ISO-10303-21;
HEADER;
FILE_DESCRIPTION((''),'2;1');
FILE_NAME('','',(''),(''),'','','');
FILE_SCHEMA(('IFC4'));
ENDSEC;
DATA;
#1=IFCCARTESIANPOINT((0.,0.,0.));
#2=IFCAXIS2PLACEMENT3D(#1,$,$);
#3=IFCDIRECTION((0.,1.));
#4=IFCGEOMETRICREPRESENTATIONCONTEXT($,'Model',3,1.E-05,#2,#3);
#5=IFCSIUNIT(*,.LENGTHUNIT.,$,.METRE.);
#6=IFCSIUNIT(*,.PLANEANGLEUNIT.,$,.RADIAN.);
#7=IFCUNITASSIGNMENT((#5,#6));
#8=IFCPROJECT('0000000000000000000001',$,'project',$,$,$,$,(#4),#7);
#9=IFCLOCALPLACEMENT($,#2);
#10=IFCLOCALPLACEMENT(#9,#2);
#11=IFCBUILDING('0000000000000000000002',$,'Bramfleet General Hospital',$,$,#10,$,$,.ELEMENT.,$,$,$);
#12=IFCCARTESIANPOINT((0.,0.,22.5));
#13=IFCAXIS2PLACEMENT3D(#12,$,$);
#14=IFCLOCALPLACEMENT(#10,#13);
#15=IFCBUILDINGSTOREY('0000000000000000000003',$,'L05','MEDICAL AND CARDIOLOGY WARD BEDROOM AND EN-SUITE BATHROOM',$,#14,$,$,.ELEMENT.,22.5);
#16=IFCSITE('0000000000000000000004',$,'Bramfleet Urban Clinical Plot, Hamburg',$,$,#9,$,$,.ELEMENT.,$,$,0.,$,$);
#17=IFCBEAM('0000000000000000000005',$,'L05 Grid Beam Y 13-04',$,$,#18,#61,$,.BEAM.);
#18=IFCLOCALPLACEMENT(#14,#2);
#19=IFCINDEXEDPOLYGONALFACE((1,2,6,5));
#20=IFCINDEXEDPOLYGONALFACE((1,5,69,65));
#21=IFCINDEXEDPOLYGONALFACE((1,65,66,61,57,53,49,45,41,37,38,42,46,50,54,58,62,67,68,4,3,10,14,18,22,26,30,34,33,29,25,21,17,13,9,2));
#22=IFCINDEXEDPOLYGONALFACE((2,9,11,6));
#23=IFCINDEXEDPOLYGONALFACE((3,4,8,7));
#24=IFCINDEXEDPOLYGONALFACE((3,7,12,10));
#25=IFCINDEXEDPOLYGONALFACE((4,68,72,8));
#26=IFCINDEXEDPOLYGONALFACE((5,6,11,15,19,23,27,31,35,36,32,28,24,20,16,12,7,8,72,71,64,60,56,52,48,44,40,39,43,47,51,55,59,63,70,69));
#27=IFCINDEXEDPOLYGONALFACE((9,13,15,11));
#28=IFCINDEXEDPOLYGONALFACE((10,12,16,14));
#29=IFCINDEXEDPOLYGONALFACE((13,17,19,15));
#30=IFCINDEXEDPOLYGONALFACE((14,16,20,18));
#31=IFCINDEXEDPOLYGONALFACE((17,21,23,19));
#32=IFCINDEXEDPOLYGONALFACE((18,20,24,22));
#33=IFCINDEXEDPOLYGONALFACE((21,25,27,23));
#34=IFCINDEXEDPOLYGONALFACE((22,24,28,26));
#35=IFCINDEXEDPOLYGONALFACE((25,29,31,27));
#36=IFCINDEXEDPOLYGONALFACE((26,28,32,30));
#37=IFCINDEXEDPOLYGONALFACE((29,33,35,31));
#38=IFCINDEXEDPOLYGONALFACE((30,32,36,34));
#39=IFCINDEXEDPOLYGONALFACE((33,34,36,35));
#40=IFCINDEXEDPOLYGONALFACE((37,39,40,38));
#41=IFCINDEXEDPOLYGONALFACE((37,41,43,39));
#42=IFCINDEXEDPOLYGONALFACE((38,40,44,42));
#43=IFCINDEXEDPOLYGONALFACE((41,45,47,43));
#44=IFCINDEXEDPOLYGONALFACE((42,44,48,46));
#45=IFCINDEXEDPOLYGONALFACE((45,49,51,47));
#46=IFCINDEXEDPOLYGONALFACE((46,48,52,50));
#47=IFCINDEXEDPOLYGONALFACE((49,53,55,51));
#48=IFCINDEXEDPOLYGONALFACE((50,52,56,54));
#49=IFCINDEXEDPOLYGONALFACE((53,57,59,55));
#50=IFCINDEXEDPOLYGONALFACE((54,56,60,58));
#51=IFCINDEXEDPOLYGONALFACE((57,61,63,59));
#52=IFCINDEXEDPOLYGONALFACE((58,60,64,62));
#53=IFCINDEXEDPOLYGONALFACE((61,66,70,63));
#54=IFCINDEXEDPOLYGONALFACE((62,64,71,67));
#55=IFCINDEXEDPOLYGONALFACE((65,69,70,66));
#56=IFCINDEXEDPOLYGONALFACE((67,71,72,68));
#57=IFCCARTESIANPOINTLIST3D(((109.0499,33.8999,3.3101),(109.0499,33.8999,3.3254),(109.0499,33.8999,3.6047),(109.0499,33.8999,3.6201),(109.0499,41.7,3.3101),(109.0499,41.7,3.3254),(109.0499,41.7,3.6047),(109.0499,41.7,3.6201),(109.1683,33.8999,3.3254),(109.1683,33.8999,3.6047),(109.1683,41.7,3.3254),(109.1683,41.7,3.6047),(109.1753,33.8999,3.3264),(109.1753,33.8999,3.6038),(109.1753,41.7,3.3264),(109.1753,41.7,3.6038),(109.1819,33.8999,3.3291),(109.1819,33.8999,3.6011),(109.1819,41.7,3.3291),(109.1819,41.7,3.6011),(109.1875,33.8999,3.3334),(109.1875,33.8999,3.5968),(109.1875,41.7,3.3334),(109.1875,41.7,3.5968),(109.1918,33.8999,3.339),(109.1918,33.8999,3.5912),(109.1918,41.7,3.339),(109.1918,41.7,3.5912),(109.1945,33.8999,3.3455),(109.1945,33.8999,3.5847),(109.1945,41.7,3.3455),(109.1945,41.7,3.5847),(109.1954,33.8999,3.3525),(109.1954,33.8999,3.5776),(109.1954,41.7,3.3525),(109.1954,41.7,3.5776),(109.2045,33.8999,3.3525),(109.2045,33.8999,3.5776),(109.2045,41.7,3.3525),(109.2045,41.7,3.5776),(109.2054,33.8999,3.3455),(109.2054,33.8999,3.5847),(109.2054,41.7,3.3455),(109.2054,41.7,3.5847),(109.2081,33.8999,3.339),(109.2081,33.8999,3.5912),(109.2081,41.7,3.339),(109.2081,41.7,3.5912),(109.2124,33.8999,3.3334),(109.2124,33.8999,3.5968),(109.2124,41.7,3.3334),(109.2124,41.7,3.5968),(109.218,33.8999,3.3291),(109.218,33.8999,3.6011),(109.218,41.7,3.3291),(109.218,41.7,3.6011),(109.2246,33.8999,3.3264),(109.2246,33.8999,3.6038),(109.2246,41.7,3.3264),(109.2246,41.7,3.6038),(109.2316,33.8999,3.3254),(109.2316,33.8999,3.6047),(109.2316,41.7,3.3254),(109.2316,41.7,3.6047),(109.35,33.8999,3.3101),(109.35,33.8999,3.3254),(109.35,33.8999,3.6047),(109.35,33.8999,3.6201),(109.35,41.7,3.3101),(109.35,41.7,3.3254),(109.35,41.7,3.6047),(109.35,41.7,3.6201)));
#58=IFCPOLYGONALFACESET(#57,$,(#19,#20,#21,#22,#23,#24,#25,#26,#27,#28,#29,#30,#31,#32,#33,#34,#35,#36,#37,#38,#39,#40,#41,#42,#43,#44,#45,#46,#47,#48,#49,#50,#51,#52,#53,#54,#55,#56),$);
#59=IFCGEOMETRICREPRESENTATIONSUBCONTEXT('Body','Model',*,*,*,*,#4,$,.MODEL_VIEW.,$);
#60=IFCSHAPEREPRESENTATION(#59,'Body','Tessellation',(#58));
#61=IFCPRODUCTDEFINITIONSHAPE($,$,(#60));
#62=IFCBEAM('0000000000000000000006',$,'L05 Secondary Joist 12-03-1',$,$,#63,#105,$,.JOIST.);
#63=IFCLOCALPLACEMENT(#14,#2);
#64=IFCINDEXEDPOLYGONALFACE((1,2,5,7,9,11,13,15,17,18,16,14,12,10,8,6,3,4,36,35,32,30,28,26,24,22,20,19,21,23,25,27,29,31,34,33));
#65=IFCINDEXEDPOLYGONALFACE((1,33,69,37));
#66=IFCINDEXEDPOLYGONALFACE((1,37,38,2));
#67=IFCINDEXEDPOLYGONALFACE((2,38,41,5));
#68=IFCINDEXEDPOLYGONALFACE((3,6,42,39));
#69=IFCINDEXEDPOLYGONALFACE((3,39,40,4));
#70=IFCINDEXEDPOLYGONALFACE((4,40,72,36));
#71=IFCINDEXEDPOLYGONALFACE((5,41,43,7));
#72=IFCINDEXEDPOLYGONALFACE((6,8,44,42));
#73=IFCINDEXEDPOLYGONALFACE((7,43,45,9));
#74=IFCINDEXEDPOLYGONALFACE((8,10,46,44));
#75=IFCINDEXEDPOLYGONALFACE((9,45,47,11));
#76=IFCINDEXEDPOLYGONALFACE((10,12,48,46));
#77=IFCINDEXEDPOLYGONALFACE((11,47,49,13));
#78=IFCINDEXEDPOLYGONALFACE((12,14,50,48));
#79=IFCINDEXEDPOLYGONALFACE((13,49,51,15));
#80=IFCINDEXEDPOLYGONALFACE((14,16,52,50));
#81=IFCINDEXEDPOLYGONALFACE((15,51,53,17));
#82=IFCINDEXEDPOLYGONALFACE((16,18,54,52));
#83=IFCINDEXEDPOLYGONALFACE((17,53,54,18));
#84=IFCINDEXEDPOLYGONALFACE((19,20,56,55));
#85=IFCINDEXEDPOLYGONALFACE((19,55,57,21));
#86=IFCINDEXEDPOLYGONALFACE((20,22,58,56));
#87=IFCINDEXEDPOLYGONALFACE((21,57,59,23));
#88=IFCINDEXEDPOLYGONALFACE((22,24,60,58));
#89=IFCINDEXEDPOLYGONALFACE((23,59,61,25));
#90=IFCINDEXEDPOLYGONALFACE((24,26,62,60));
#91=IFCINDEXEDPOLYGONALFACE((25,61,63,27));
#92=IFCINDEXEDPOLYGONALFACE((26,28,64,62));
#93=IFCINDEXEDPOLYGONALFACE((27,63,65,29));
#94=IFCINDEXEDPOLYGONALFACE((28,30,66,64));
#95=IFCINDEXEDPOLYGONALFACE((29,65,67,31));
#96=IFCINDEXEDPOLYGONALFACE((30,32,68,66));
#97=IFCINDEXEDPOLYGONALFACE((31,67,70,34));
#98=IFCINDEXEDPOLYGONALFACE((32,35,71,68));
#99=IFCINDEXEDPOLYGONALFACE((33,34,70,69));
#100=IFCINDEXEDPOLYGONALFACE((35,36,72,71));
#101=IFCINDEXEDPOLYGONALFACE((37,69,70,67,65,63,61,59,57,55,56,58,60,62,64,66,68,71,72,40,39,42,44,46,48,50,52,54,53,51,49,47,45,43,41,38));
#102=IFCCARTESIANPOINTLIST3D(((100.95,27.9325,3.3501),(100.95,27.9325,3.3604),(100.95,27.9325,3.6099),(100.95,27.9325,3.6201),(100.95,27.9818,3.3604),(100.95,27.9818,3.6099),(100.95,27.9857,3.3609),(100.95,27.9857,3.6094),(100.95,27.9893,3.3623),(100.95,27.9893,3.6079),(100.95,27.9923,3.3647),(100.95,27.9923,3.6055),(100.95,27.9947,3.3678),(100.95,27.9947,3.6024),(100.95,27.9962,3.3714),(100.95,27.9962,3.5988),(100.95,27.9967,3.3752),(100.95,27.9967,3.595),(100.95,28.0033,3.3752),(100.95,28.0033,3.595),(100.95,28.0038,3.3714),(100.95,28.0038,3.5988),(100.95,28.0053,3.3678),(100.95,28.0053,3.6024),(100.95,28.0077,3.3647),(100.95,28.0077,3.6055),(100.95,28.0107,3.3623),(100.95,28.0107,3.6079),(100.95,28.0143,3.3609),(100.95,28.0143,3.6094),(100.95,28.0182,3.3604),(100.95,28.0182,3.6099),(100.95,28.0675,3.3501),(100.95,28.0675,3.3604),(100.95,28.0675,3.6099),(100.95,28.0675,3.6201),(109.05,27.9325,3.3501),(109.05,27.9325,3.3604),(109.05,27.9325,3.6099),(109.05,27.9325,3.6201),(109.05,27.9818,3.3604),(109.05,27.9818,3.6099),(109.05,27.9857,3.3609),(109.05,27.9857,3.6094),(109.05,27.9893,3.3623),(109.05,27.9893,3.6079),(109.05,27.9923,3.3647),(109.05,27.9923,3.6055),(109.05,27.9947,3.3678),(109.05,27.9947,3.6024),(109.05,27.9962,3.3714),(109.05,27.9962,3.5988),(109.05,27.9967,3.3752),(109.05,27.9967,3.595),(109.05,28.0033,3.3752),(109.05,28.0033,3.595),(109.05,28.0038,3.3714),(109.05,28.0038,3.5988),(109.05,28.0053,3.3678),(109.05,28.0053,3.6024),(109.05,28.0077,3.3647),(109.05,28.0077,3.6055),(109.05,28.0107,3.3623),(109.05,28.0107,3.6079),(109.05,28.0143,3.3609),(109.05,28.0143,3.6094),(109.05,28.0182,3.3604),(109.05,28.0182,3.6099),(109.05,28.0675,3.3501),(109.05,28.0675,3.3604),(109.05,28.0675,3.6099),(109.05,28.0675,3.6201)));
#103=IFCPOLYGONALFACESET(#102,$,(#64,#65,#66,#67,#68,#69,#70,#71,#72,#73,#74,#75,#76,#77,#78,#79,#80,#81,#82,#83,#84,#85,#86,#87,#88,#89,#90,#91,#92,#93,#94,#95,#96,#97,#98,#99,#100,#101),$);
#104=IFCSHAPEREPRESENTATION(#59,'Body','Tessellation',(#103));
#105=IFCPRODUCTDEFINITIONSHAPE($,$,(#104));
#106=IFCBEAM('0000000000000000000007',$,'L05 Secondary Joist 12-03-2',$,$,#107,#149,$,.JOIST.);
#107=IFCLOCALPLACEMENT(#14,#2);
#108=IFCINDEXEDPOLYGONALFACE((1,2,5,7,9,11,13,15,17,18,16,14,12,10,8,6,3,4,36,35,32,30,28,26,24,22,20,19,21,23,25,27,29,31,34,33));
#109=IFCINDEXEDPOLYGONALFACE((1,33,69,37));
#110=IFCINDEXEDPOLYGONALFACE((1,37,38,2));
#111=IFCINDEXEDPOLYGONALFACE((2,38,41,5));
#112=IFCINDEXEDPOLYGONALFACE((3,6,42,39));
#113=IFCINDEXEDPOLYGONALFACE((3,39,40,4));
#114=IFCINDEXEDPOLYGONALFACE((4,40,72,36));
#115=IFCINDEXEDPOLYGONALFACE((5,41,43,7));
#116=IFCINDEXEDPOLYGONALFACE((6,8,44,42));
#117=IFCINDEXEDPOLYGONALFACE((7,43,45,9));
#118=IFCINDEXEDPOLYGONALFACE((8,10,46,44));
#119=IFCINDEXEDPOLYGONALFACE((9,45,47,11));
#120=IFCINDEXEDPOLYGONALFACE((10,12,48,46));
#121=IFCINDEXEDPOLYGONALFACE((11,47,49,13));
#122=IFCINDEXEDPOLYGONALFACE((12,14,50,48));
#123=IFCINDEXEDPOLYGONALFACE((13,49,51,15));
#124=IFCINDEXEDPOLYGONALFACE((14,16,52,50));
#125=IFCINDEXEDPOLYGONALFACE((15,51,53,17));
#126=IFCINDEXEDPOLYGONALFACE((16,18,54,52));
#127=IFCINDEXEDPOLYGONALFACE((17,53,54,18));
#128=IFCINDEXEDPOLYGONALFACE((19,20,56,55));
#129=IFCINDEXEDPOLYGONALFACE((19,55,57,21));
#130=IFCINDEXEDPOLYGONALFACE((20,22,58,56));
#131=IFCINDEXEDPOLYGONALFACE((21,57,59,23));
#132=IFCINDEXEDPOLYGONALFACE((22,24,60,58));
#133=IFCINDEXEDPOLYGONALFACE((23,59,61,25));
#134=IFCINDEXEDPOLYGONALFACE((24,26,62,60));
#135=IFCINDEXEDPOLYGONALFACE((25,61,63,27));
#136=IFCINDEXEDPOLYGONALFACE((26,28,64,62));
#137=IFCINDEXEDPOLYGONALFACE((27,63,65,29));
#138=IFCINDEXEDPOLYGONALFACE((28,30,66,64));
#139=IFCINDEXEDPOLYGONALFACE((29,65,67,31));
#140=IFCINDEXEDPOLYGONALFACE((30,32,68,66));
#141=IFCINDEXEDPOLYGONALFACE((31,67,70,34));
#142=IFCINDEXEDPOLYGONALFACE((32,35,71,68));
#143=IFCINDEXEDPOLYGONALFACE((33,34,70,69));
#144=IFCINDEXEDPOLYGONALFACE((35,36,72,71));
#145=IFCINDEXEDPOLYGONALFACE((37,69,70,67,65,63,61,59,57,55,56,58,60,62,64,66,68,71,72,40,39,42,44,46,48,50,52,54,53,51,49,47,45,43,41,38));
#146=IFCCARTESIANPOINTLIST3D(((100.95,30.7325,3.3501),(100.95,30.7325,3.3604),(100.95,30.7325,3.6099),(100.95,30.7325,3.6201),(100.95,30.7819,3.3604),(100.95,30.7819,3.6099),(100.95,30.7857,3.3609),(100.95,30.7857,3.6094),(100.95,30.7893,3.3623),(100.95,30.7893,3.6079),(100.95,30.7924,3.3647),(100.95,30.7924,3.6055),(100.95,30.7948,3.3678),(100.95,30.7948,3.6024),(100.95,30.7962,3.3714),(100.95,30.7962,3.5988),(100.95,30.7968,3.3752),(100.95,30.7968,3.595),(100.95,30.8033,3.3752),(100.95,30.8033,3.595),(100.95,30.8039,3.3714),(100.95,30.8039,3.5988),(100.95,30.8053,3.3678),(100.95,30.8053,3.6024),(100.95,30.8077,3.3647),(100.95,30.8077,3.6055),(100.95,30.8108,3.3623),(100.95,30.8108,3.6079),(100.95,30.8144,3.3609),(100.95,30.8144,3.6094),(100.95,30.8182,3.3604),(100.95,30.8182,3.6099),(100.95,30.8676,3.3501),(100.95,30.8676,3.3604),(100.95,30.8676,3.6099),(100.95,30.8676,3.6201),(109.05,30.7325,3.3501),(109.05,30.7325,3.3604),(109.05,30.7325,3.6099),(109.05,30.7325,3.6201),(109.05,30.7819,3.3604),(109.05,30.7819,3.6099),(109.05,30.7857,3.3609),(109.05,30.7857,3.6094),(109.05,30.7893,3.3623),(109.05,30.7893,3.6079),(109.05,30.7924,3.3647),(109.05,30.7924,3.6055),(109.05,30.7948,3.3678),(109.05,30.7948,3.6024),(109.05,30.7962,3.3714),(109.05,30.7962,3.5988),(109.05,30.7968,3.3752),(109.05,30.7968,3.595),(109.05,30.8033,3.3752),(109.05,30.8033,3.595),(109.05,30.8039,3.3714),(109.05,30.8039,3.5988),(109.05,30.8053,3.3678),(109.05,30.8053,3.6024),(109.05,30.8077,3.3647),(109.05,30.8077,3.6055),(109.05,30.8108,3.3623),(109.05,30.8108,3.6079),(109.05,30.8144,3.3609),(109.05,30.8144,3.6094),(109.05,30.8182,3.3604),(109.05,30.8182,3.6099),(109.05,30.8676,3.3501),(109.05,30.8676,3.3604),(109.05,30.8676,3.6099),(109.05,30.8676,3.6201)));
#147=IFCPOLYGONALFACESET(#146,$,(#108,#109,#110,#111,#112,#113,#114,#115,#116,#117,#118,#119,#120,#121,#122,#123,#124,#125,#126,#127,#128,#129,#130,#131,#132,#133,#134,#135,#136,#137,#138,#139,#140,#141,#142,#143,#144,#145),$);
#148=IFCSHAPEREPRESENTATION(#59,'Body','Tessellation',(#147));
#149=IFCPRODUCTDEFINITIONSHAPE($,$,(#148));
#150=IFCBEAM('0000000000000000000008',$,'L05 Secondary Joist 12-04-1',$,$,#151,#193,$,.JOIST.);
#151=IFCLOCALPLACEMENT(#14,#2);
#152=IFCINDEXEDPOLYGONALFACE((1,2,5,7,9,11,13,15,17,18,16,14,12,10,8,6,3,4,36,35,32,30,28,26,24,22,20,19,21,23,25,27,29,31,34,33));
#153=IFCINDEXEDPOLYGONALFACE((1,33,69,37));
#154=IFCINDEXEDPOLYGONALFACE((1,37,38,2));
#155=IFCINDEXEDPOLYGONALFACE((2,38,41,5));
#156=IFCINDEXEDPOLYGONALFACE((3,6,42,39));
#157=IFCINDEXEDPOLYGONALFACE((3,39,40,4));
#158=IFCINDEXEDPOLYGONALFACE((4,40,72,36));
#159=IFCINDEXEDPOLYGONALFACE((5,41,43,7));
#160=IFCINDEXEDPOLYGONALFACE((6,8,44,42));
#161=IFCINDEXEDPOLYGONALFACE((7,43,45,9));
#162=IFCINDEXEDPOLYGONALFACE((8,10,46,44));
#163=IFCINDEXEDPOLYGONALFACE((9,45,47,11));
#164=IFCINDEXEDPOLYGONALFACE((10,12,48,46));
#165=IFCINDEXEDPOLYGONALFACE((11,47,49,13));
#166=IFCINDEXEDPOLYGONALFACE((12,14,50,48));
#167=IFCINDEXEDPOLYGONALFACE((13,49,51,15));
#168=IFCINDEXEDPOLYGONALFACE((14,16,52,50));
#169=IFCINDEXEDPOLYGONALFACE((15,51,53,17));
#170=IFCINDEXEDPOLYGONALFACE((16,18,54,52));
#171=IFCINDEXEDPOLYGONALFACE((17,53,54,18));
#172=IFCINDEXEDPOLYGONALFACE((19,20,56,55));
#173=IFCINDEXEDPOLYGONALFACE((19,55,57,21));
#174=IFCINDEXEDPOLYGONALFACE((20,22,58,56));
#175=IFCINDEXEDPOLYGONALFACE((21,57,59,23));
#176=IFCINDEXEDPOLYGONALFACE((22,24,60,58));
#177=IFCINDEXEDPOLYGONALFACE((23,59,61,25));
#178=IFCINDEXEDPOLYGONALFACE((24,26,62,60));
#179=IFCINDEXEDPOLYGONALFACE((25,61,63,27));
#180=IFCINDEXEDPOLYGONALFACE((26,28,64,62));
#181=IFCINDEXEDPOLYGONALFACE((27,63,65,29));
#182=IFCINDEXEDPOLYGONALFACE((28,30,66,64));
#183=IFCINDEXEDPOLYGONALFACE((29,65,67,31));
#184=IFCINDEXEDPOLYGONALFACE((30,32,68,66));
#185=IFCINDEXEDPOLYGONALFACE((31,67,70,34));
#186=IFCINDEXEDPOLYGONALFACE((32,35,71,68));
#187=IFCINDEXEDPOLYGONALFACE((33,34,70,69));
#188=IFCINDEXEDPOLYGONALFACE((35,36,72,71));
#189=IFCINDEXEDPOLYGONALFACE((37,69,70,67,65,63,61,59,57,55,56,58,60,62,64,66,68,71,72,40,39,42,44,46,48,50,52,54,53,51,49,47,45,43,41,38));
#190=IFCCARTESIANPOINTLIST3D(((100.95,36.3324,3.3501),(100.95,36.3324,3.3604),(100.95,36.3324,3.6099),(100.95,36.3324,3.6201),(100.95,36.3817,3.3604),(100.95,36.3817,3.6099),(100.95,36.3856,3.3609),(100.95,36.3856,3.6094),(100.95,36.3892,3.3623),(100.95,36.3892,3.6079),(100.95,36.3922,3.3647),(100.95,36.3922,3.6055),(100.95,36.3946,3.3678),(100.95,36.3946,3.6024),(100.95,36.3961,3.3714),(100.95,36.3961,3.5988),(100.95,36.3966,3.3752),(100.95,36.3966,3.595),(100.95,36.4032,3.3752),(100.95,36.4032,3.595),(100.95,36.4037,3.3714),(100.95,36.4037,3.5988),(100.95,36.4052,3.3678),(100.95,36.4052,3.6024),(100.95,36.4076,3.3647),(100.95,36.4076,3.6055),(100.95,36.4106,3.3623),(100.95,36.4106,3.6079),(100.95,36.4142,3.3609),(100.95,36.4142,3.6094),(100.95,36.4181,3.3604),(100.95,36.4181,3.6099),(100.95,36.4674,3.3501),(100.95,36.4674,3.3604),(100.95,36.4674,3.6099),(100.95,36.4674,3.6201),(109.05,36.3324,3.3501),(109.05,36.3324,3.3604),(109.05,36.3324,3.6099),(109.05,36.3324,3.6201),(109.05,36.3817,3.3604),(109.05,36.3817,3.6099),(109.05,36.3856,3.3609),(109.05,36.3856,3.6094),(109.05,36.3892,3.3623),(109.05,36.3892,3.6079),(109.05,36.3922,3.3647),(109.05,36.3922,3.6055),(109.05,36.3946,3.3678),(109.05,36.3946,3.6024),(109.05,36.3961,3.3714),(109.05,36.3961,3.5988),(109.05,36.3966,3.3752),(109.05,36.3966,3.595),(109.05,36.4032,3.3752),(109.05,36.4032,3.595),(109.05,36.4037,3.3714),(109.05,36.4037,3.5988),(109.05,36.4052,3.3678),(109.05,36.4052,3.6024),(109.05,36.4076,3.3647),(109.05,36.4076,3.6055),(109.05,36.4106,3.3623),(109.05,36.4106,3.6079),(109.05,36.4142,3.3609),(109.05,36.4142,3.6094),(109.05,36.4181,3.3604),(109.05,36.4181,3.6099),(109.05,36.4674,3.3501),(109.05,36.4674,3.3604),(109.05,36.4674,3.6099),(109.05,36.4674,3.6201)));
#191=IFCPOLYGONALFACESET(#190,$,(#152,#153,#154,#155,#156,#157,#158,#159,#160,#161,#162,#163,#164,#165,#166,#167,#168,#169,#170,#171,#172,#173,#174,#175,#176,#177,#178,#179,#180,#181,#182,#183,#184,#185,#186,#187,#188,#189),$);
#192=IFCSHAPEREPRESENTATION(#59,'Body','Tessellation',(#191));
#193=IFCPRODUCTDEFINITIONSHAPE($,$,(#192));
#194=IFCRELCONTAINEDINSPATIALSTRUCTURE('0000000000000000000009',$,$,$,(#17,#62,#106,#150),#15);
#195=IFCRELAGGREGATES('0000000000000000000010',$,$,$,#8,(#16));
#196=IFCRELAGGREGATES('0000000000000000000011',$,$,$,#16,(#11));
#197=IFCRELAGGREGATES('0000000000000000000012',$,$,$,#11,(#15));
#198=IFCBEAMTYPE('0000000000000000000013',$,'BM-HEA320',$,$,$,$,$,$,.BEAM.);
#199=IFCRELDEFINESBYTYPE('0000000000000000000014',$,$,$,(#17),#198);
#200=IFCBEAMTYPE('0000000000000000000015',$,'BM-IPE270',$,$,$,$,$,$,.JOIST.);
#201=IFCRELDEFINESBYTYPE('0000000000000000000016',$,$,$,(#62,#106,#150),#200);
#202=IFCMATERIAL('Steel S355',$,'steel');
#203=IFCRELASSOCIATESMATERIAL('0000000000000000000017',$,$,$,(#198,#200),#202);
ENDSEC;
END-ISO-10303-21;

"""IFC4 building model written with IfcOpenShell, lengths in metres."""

from ifc_helpers import new_model, si_unit, direction, frame, origin, origin_2d, place, context, subcontext, project, spatial, i_section, extrude, material, material_profile, profile_set, type_object, element, save


model = new_model("IFC4")

# Units and contexts
model_context = context("Model", 3, precision=1e-05, world=origin(), true_north=direction((0.0, 1.0)))
body_context = subcontext(model_context, "Body", "Model", "MODEL_VIEW")
ifc_project = project(units=[si_unit("LENGTHUNIT", "METRE"), si_unit("PLANEANGLEUNIT", "RADIAN")], contexts=[model_context])

# Site, building, storey
site_placement = place(None, origin())
site = spatial("IfcSite", under=ifc_project, at=site_placement, Name="Bramfleet Urban Clinical Plot, Hamburg", CompositionType="ELEMENT", RefElevation=0.0)
building_placement = place(site_placement, origin())
building = spatial("IfcBuilding", under=site, at=building_placement, Name="Bramfleet General Hospital", CompositionType="ELEMENT")
storey_placement = place(building_placement, frame((0.0, 0.0, 22.5)))
storey = spatial("IfcBuildingStorey", under=building, at=storey_placement, Name="L05", Description="MEDICAL AND CARDIOLOGY WARD BEDROOM AND EN-SUITE BATHROOM", CompositionType="ELEMENT", Elevation=22.5)

# Beams
ifc_material_1 = material(Name="Steel S355", Category="steel")
ifc_material_profile_1 = material_profile(ifc_material_1, i_section(OverallWidth=0.3, OverallDepth=0.3101, WebThickness=0.009, FlangeThickness=0.0154, FilletRadius=0.0271, at=origin_2d()), Name="HEA 320")
ifc_profile_set_1 = profile_set([ifc_material_profile_1], Name="Steel S355")
beam_type_1 = type_object("IfcBeamType", Name="BM-HEA320", PredefinedType="BEAM", material=ifc_profile_set_1)
for number, where, z_axis, x_axis, name in (
    (1, (109.2, 33.8999, 3.4651), (0.0, 1.0, 0.0), (-1.0, 0.0, 0.0), "L05 Grid Beam Y 13-04"),
):
    element("IfcBeam", number, at=place(storey_placement, frame(where, z_axis=z_axis, x_axis=x_axis)), inside=storey, type_object=beam_type_1, Name=name, PredefinedType="BEAM", context=body_context, shape_type="SweptSolid", body=[
        extrude(i_section(OverallWidth=0.3, OverallDepth=0.3101, WebThickness=0.009, FlangeThickness=0.0154, FilletRadius=0.0271, at=origin_2d()), origin(), (0.0, 0.0, 1.0), 7.8),
    ])
ifc_material_profile_2 = material_profile(ifc_material_1, i_section(OverallWidth=0.135, OverallDepth=0.27, WebThickness=0.0066, FlangeThickness=0.0103, FilletRadius=0.0149, at=origin_2d()), Name="IPE 270")
ifc_profile_set_2 = profile_set([ifc_material_profile_2], Name="Steel S355")
beam_type_2 = type_object("IfcBeamType", Name="BM-IPE270", PredefinedType="JOIST", material=ifc_profile_set_2)
for number, where, z_axis, x_axis, name in (
    (2, (100.95, 28.0, 3.4851), (1.0, 0.0, 0.0), (0.0, 1.0, 0.0), "L05 Secondary Joist 12-03-1"),
    (3, (100.95, 30.8, 3.4851), (1.0, 0.0, 0.0), (0.0, 1.0, 0.0), "L05 Secondary Joist 12-03-2"),
    (4, (100.95, 36.3999, 3.4851), (1.0, 0.0, 0.0), (0.0, 1.0, 0.0), "L05 Secondary Joist 12-04-1"),
):
    element("IfcBeam", number, at=place(storey_placement, frame(where, z_axis=z_axis, x_axis=x_axis)), inside=storey, type_object=beam_type_2, Name=name, PredefinedType="JOIST", context=body_context, shape_type="SweptSolid", body=[
        extrude(i_section(OverallWidth=0.135, OverallDepth=0.27, WebThickness=0.0066, FlangeThickness=0.0103, FilletRadius=0.0149, at=origin_2d()), origin(), (0.0, 0.0, 1.0), 8.1001),
    ])

save(model, "model.ifc")
